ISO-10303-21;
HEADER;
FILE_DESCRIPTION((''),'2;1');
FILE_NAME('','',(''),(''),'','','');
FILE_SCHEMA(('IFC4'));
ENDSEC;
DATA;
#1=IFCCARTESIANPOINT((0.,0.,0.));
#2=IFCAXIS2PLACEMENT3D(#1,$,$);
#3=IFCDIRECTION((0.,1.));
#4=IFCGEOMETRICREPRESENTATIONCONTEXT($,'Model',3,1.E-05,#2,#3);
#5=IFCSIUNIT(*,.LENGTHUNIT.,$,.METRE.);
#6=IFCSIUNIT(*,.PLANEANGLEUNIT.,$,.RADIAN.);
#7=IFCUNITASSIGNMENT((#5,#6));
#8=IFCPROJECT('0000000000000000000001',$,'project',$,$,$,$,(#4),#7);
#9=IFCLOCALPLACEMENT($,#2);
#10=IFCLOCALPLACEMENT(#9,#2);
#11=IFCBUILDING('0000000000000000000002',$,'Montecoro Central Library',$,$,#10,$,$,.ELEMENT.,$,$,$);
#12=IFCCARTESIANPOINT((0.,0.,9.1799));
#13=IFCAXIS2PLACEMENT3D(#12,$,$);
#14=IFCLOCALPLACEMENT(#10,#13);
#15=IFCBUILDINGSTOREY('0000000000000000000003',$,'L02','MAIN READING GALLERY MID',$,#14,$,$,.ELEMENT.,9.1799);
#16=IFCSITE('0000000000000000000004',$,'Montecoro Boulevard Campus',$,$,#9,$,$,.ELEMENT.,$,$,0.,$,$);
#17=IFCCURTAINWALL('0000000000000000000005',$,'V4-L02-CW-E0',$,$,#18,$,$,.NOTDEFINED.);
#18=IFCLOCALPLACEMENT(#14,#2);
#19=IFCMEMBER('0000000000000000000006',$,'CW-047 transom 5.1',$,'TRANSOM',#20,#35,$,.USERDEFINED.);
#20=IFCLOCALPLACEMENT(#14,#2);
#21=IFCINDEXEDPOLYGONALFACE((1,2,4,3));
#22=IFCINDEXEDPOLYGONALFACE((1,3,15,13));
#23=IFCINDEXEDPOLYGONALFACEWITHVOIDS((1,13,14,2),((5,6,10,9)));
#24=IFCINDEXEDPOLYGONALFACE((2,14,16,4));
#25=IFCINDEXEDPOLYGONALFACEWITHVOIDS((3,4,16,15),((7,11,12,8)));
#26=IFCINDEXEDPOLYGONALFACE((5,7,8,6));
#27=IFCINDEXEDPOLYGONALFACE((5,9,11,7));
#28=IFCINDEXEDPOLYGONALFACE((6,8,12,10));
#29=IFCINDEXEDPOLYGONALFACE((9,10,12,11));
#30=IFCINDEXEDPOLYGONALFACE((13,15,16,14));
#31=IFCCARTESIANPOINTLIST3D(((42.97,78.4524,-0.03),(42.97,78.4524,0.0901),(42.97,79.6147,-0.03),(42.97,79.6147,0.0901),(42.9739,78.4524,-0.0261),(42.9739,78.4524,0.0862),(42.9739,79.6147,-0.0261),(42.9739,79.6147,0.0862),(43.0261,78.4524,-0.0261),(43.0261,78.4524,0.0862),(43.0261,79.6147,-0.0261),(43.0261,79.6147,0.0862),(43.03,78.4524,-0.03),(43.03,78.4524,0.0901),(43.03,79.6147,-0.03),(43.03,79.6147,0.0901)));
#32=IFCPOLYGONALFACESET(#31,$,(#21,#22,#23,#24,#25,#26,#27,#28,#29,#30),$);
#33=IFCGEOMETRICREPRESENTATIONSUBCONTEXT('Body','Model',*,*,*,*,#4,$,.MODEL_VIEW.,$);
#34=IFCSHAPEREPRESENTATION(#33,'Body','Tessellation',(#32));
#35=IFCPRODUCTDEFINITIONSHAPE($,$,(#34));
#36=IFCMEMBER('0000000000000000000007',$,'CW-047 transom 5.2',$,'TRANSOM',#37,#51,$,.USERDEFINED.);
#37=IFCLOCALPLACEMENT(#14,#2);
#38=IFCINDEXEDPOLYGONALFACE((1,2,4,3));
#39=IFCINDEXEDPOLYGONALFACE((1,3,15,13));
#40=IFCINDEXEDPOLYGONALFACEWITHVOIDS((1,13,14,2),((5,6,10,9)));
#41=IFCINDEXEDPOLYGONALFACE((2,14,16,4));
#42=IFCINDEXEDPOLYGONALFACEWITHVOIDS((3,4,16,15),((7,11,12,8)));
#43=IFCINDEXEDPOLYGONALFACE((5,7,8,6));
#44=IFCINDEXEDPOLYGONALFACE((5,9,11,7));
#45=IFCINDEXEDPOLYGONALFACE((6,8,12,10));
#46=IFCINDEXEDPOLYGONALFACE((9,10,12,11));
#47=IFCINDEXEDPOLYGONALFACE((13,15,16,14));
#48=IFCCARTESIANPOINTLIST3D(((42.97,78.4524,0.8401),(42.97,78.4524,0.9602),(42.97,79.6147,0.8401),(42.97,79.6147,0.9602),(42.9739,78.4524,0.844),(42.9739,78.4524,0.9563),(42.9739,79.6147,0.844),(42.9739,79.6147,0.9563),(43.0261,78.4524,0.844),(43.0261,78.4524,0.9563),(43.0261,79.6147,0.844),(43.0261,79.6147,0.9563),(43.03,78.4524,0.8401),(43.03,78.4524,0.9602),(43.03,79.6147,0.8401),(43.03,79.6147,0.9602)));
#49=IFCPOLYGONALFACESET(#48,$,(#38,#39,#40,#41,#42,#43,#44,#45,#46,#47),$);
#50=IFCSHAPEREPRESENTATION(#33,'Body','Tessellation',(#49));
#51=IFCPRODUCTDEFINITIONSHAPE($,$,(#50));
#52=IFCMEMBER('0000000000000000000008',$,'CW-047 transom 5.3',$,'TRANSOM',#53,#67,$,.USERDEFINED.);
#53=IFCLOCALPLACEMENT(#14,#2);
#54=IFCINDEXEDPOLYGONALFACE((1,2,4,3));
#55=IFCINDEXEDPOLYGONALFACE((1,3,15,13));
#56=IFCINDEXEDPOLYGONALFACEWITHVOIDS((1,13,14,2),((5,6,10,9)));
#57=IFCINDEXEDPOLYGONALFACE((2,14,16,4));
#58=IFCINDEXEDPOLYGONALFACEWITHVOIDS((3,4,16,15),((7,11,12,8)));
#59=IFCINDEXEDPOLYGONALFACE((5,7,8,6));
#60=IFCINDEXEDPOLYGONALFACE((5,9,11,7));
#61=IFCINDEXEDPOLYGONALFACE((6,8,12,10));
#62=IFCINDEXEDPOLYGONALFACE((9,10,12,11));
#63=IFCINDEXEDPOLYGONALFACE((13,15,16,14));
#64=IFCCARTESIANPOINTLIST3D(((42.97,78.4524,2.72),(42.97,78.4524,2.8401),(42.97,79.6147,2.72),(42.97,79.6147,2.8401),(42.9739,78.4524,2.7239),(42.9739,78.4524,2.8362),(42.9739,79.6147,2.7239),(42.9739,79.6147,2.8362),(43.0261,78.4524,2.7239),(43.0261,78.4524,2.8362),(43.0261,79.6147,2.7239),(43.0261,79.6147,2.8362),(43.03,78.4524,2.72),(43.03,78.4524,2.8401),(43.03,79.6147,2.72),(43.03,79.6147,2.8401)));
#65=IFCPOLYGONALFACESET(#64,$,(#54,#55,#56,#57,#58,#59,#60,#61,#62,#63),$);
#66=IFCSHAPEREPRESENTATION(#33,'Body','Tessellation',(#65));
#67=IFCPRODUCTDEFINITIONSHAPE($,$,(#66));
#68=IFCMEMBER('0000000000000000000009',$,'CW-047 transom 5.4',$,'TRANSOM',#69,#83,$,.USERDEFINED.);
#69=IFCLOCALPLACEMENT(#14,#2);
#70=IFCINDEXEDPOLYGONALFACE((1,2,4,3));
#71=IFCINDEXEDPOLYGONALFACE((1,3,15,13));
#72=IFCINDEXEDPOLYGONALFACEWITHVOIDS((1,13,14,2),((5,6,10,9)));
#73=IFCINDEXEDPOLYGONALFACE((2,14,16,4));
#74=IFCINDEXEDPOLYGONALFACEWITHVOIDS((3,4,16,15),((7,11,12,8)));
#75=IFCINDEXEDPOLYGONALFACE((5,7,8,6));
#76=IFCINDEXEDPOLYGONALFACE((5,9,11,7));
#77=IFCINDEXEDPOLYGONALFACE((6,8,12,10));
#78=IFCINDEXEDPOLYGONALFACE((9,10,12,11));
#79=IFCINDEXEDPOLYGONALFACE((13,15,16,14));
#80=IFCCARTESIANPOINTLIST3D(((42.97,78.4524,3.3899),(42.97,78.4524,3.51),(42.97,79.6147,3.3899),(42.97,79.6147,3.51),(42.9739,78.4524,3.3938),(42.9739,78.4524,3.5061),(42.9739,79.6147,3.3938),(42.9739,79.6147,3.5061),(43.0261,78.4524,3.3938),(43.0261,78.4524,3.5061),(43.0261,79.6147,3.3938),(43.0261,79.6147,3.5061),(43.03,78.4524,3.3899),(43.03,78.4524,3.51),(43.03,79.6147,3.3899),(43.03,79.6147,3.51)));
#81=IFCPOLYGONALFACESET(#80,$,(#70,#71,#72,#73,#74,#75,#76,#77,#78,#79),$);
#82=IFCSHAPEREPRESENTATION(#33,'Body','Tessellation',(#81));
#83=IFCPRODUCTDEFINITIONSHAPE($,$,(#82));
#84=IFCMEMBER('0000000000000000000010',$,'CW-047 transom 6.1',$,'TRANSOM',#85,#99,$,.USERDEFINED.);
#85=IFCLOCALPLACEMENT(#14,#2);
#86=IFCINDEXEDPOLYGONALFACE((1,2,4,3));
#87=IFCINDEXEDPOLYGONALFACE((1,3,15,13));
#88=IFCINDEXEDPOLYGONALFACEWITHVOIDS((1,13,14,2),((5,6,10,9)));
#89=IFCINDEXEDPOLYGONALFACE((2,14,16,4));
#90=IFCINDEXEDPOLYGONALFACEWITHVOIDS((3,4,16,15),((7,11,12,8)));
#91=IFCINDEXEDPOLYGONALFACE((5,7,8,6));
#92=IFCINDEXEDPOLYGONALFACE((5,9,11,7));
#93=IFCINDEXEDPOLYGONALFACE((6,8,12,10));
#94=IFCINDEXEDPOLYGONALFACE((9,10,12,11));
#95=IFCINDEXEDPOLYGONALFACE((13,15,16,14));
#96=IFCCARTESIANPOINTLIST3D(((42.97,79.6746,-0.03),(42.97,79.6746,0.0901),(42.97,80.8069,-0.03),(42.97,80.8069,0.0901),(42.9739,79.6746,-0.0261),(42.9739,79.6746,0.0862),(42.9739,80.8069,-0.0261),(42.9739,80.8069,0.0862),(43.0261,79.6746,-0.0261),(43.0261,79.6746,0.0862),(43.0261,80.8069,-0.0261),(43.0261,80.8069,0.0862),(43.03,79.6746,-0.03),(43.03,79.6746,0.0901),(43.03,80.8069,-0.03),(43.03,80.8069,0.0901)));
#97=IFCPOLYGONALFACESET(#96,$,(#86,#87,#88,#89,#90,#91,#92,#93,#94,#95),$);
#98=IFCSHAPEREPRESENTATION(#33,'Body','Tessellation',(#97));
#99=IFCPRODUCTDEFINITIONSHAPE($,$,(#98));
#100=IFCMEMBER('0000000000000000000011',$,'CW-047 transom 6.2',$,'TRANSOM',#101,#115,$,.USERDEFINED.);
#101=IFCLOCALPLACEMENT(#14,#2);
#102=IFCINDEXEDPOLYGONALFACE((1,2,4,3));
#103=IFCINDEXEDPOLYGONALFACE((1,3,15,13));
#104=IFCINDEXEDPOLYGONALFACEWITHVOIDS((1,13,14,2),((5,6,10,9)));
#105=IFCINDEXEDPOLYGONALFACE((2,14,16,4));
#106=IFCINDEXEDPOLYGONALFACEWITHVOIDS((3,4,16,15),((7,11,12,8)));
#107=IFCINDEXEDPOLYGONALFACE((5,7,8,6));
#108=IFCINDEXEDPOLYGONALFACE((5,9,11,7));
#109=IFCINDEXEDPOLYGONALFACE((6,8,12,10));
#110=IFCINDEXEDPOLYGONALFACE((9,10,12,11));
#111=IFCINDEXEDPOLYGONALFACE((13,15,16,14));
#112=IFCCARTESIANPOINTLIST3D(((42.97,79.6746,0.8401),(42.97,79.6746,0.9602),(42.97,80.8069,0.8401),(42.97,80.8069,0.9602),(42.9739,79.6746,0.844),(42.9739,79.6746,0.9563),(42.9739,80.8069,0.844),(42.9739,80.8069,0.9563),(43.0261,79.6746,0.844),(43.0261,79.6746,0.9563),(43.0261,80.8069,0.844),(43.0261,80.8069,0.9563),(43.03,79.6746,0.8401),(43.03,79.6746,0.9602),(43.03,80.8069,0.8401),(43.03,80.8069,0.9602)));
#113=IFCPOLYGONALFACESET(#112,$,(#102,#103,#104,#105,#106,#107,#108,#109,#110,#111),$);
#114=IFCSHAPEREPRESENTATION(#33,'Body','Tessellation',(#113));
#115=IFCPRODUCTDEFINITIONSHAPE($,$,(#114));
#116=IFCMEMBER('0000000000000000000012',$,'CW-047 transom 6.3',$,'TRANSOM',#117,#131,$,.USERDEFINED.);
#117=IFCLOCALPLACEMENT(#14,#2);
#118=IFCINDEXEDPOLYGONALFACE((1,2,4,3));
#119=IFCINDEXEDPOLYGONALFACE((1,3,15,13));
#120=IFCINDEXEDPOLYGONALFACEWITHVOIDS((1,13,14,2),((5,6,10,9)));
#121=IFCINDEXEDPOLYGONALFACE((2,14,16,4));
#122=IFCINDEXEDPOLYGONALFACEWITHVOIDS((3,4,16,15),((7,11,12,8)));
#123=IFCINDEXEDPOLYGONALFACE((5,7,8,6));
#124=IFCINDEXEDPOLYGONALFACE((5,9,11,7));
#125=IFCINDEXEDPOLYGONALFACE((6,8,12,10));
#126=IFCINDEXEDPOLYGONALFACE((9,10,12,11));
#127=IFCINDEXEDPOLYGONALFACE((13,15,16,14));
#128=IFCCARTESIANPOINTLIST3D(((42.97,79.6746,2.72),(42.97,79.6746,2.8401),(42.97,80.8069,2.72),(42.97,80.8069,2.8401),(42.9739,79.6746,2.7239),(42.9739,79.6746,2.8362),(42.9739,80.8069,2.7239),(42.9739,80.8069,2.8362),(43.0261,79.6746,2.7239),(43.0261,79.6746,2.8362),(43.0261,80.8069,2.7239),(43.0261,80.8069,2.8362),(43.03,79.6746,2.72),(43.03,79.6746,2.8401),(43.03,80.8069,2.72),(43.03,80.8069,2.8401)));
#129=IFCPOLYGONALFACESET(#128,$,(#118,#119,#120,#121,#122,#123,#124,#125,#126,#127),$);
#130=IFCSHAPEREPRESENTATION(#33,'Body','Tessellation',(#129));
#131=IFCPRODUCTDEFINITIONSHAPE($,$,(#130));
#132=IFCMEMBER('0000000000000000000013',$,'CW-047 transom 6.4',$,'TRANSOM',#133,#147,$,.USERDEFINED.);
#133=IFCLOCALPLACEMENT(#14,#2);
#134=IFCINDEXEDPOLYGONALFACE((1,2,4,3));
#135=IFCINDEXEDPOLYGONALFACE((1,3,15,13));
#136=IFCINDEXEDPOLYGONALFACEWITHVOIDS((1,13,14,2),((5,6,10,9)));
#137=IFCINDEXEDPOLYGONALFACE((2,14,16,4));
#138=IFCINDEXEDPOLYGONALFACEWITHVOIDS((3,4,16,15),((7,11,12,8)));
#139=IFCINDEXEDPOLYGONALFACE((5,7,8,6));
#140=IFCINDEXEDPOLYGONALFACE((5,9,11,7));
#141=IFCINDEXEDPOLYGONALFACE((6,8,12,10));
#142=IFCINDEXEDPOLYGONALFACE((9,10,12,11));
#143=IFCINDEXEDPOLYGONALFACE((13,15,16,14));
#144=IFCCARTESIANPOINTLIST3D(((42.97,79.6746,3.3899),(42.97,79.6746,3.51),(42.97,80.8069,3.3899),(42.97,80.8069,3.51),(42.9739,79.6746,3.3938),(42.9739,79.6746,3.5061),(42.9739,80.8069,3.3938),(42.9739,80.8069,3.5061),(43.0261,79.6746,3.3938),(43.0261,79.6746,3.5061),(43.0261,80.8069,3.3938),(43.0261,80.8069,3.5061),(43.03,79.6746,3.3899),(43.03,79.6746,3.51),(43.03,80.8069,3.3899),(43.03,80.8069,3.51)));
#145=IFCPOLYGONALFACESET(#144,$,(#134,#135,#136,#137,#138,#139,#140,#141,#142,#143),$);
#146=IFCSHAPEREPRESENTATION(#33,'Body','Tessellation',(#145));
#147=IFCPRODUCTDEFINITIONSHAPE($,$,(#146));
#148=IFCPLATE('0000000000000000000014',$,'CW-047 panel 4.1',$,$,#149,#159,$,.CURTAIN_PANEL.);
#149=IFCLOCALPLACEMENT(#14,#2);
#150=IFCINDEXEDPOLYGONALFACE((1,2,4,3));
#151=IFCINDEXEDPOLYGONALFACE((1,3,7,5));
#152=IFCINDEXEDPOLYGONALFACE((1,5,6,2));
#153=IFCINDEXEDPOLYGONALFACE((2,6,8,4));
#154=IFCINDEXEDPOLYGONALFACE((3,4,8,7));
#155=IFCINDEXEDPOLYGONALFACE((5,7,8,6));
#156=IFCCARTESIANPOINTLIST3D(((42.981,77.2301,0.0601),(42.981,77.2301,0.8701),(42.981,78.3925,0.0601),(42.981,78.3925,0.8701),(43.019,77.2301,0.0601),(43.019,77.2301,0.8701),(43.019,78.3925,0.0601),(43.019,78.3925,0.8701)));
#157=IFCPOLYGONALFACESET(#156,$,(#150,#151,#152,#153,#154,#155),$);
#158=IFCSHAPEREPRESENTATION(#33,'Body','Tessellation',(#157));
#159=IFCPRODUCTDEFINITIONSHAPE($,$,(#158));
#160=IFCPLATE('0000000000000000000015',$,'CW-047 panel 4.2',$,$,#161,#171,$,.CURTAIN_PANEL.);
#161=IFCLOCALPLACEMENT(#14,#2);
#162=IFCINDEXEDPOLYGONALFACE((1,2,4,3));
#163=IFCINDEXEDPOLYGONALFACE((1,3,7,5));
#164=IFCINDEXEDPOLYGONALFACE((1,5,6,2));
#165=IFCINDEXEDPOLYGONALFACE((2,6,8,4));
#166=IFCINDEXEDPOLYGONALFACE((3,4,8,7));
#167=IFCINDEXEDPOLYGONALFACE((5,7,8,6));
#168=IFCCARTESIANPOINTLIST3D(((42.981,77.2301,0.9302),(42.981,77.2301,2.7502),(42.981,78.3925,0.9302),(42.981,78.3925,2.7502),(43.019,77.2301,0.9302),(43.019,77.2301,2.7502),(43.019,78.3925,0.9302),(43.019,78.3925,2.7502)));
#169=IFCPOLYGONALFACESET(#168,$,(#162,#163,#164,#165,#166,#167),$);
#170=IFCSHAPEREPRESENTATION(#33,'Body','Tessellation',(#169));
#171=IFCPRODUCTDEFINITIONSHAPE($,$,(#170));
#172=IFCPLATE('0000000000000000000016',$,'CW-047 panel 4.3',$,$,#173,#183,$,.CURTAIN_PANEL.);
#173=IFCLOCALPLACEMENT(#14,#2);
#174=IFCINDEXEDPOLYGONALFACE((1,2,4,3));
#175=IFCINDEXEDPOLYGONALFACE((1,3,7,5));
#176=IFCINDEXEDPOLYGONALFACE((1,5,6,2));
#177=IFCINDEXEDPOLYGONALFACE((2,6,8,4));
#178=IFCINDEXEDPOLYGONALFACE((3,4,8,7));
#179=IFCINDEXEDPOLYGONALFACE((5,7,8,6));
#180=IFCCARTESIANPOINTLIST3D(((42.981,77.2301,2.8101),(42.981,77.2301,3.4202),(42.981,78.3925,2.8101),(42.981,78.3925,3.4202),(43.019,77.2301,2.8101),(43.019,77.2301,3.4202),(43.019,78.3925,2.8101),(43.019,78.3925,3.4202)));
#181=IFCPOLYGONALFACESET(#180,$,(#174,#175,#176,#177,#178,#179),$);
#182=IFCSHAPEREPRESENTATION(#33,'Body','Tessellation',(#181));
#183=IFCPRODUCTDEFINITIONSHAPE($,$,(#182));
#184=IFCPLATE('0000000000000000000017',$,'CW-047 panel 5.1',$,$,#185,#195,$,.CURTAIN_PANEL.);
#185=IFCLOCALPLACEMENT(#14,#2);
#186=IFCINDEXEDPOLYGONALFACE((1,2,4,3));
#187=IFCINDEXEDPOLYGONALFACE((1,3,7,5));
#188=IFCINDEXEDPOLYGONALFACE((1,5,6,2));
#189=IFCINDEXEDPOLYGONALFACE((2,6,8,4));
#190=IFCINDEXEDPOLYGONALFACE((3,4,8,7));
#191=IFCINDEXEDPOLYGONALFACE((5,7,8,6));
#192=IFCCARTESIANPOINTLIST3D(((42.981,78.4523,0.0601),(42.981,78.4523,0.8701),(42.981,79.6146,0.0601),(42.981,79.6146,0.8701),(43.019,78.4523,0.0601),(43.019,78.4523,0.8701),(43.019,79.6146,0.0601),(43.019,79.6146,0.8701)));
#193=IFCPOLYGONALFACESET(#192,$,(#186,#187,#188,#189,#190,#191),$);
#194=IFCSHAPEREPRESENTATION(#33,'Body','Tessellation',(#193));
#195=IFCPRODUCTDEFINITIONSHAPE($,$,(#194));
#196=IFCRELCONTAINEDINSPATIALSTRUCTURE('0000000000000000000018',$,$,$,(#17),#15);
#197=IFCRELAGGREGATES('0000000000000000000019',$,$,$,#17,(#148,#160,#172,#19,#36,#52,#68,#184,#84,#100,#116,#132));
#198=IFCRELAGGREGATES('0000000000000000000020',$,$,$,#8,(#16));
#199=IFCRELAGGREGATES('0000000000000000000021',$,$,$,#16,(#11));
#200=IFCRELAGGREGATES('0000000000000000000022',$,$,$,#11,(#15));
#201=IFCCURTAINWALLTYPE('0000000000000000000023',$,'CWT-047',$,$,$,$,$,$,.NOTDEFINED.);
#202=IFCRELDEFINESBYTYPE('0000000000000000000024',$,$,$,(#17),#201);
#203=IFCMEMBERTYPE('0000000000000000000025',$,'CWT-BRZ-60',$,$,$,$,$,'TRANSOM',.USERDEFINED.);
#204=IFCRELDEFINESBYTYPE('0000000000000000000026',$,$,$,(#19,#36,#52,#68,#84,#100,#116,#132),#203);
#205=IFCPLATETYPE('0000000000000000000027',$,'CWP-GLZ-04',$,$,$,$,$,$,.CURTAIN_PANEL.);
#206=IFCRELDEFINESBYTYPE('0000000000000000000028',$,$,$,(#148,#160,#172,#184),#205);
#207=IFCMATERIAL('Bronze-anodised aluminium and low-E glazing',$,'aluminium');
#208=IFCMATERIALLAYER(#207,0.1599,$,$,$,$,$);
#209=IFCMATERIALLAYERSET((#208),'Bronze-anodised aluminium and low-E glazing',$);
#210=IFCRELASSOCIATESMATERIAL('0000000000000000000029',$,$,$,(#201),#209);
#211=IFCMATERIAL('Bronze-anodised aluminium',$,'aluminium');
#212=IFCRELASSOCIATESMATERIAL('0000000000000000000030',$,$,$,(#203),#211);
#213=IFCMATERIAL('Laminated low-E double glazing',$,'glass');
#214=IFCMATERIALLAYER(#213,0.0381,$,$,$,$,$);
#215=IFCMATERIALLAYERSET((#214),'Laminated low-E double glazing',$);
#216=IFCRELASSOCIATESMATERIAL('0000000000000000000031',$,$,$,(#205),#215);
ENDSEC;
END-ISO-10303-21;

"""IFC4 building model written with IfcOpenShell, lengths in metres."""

from ifc_helpers import new_model, si_unit, direction, frame, origin, origin_2d, place, context, subcontext, project, spatial, rectangle, hollow_rectangle, extrude, material, layer, layer_set, material_profile, profile_set, type_object, element, aggregate, save


model = new_model("IFC4")

# Units and contexts
model_context = context("Model", 3, precision=1e-05, world=origin(), true_north=direction((0.0, 1.0)))
body_context = subcontext(model_context, "Body", "Model", "MODEL_VIEW")
ifc_project = project(units=[si_unit("LENGTHUNIT", "METRE"), si_unit("PLANEANGLEUNIT", "RADIAN")], contexts=[model_context])

# Site, building, storey
site_placement = place(None, origin())
site = spatial("IfcSite", under=ifc_project, at=site_placement, Name="Montecoro Boulevard Campus", CompositionType="ELEMENT", RefElevation=0.0)
building_placement = place(site_placement, origin())
building = spatial("IfcBuilding", under=site, at=building_placement, Name="Montecoro Central Library", CompositionType="ELEMENT")
storey_placement = place(building_placement, frame((0.0, 0.0, 9.1799)))
storey = spatial("IfcBuildingStorey", under=building, at=storey_placement, Name="L02", Description="MAIN READING GALLERY MID", CompositionType="ELEMENT", Elevation=9.1799)

# Curtain wall, members, plates
ifc_material_1 = material(Name="Bronze-anodised aluminium and low-E glazing", Category="aluminium")
ifc_layer_1 = layer(ifc_material_1, 0.1599)
ifc_layer_set_1 = layer_set([ifc_layer_1], Name="Bronze-anodised aluminium and low-E glazing")
curtain_wall_type = type_object("IfcCurtainWallType", Name="CWT-047", PredefinedType="NOTDEFINED", material=ifc_layer_set_1)
curtain_wall_placement = place(storey_placement, origin())
curtain_wall = element("IfcCurtainWall", 1, at=curtain_wall_placement, inside=storey, type_object=curtain_wall_type, Name="V4-L02-CW-E0", PredefinedType="NOTDEFINED")
ifc_material_2 = material(Name="Bronze-anodised aluminium", Category="aluminium")
ifc_material_profile_1 = material_profile(ifc_material_2, hollow_rectangle(XDim=0.0601, YDim=0.1201, WallThickness=0.0039, at=origin_2d()), Name="CWT 120x60x4.0")
ifc_profile_set_1 = profile_set([ifc_material_profile_1], Name="Bronze-anodised aluminium")
member_type_1 = type_object("IfcMemberType", Name="CWT-BRZ-60", ElementType="TRANSOM", PredefinedType="USERDEFINED", material=ifc_profile_set_1)
member_1_placement = place(storey_placement, frame((43.0, 78.4524, 0.03), z_axis=(0.0, 1.0, 0.0), x_axis=(-1.0, 0.0, 0.0)))
member_1 = element("IfcMember", 2, at=member_1_placement, type_object=member_type_1, Name="CW-047 transom 5.1", ObjectType="TRANSOM", PredefinedType="USERDEFINED", context=body_context, shape_type="SweptSolid", body=[
    extrude(hollow_rectangle(XDim=0.0601, YDim=0.1201, WallThickness=0.0039, at=origin_2d()), origin(), (0.0, 0.0, 1.0), 1.1624),
])
member_2_placement = place(storey_placement, frame((43.0, 78.4524, 0.9001), z_axis=(0.0, 1.0, 0.0), x_axis=(-1.0, 0.0, 0.0)))
member_2 = element("IfcMember", 3, at=member_2_placement, type_object=member_type_1, Name="CW-047 transom 5.2", ObjectType="TRANSOM", PredefinedType="USERDEFINED", context=body_context, shape_type="SweptSolid", body=[
    extrude(hollow_rectangle(XDim=0.0601, YDim=0.1201, WallThickness=0.0039, at=origin_2d()), origin(), (0.0, 0.0, 1.0), 1.1624),
])
member_3_placement = place(storey_placement, frame((43.0, 78.4524, 2.78), z_axis=(0.0, 1.0, 0.0), x_axis=(-1.0, 0.0, 0.0)))
member_3 = element("IfcMember", 4, at=member_3_placement, type_object=member_type_1, Name="CW-047 transom 5.3", ObjectType="TRANSOM", PredefinedType="USERDEFINED", context=body_context, shape_type="SweptSolid", body=[
    extrude(hollow_rectangle(XDim=0.0601, YDim=0.1201, WallThickness=0.0039, at=origin_2d()), origin(), (0.0, 0.0, 1.0), 1.1624),
])
member_4_placement = place(storey_placement, frame((43.0, 78.4524, 3.45), z_axis=(0.0, 1.0, 0.0), x_axis=(-1.0, 0.0, 0.0)))
member_4 = element("IfcMember", 5, at=member_4_placement, type_object=member_type_1, Name="CW-047 transom 5.4", ObjectType="TRANSOM", PredefinedType="USERDEFINED", context=body_context, shape_type="SweptSolid", body=[
    extrude(hollow_rectangle(XDim=0.0601, YDim=0.1201, WallThickness=0.0039, at=origin_2d()), origin(), (0.0, 0.0, 1.0), 1.1624),
])
member_5_placement = place(storey_placement, frame((43.0, 79.6746, 0.03), z_axis=(0.0, 1.0, 0.0), x_axis=(-1.0, 0.0, 0.0)))
member_5 = element("IfcMember", 6, at=member_5_placement, type_object=member_type_1, Name="CW-047 transom 6.1", ObjectType="TRANSOM", PredefinedType="USERDEFINED", context=body_context, shape_type="SweptSolid", body=[
    extrude(hollow_rectangle(XDim=0.0601, YDim=0.1201, WallThickness=0.0039, at=origin_2d()), origin(), (0.0, 0.0, 1.0), 1.1323),
])
member_6_placement = place(storey_placement, frame((43.0, 79.6746, 0.9001), z_axis=(0.0, 1.0, 0.0), x_axis=(-1.0, 0.0, 0.0)))
member_6 = element("IfcMember", 7, at=member_6_placement, type_object=member_type_1, Name="CW-047 transom 6.2", ObjectType="TRANSOM", PredefinedType="USERDEFINED", context=body_context, shape_type="SweptSolid", body=[
    extrude(hollow_rectangle(XDim=0.0601, YDim=0.1201, WallThickness=0.0039, at=origin_2d()), origin(), (0.0, 0.0, 1.0), 1.1323),
])
member_7_placement = place(storey_placement, frame((43.0, 79.6746, 2.78), z_axis=(0.0, 1.0, 0.0), x_axis=(-1.0, 0.0, 0.0)))
member_7 = element("IfcMember", 8, at=member_7_placement, type_object=member_type_1, Name="CW-047 transom 6.3", ObjectType="TRANSOM", PredefinedType="USERDEFINED", context=body_context, shape_type="SweptSolid", body=[
    extrude(hollow_rectangle(XDim=0.0601, YDim=0.1201, WallThickness=0.0039, at=origin_2d()), origin(), (0.0, 0.0, 1.0), 1.1323),
])
member_8_placement = place(storey_placement, frame((43.0, 79.6746, 3.45), z_axis=(0.0, 1.0, 0.0), x_axis=(-1.0, 0.0, 0.0)))
member_8 = element("IfcMember", 9, at=member_8_placement, type_object=member_type_1, Name="CW-047 transom 6.4", ObjectType="TRANSOM", PredefinedType="USERDEFINED", context=body_context, shape_type="SweptSolid", body=[
    extrude(hollow_rectangle(XDim=0.0601, YDim=0.1201, WallThickness=0.0039, at=origin_2d()), origin(), (0.0, 0.0, 1.0), 1.1323),
])
ifc_material_3 = material(Name="Laminated low-E double glazing", Category="glass")
ifc_layer_2 = layer(ifc_material_3, 0.0381)
ifc_layer_set_2 = layer_set([ifc_layer_2], Name="Laminated low-E double glazing")
plate_type = type_object("IfcPlateType", Name="CWP-GLZ-04", PredefinedType="CURTAIN_PANEL", material=ifc_layer_set_2)
plate_1_placement = place(storey_placement, frame((43.0, 77.8113, 0.0601), z_axis=(0.0, 0.0, 1.0), x_axis=(0.0, 1.0, 0.0)))
plate_1 = element("IfcPlate", 10, at=plate_1_placement, type_object=plate_type, Name="CW-047 panel 4.1", PredefinedType="CURTAIN_PANEL", context=body_context, shape_type="SweptSolid", body=[
    extrude(rectangle(XDim=1.1624, YDim=0.0381, at=origin_2d()), origin(), (0.0, 0.0, 1.0), 0.8101),
])
plate_2_placement = place(storey_placement, frame((43.0, 77.8113, 0.9302), z_axis=(0.0, 0.0, 1.0), x_axis=(0.0, 1.0, 0.0)))
plate_2 = element("IfcPlate", 11, at=plate_2_placement, type_object=plate_type, Name="CW-047 panel 4.2", PredefinedType="CURTAIN_PANEL", context=body_context, shape_type="SweptSolid", body=[
    extrude(rectangle(XDim=1.1624, YDim=0.0381, at=origin_2d()), origin(), (0.0, 0.0, 1.0), 1.8201),
])
plate_3_placement = place(storey_placement, frame((43.0, 77.8113, 2.8101), z_axis=(0.0, 0.0, 1.0), x_axis=(0.0, 1.0, 0.0)))
plate_3 = element("IfcPlate", 12, at=plate_3_placement, type_object=plate_type, Name="CW-047 panel 4.3", PredefinedType="CURTAIN_PANEL", context=body_context, shape_type="SweptSolid", body=[
    extrude(rectangle(XDim=1.1624, YDim=0.0381, at=origin_2d()), origin(), (0.0, 0.0, 1.0), 0.6101),
])
plate_4_placement = place(storey_placement, frame((43.0, 79.0334, 0.0601), z_axis=(0.0, 0.0, 1.0), x_axis=(0.0, 1.0, 0.0)))
plate_4 = element("IfcPlate", 13, at=plate_4_placement, type_object=plate_type, Name="CW-047 panel 5.1", PredefinedType="CURTAIN_PANEL", context=body_context, shape_type="SweptSolid", body=[
    extrude(rectangle(XDim=1.1624, YDim=0.0381, at=origin_2d()), origin(), (0.0, 0.0, 1.0), 0.8101),
])
aggregate(curtain_wall, [plate_1, plate_2, plate_3, member_1, member_2, member_3, member_4, plate_4, member_5, member_6, member_7, member_8])

save(model, "model.ifc")
